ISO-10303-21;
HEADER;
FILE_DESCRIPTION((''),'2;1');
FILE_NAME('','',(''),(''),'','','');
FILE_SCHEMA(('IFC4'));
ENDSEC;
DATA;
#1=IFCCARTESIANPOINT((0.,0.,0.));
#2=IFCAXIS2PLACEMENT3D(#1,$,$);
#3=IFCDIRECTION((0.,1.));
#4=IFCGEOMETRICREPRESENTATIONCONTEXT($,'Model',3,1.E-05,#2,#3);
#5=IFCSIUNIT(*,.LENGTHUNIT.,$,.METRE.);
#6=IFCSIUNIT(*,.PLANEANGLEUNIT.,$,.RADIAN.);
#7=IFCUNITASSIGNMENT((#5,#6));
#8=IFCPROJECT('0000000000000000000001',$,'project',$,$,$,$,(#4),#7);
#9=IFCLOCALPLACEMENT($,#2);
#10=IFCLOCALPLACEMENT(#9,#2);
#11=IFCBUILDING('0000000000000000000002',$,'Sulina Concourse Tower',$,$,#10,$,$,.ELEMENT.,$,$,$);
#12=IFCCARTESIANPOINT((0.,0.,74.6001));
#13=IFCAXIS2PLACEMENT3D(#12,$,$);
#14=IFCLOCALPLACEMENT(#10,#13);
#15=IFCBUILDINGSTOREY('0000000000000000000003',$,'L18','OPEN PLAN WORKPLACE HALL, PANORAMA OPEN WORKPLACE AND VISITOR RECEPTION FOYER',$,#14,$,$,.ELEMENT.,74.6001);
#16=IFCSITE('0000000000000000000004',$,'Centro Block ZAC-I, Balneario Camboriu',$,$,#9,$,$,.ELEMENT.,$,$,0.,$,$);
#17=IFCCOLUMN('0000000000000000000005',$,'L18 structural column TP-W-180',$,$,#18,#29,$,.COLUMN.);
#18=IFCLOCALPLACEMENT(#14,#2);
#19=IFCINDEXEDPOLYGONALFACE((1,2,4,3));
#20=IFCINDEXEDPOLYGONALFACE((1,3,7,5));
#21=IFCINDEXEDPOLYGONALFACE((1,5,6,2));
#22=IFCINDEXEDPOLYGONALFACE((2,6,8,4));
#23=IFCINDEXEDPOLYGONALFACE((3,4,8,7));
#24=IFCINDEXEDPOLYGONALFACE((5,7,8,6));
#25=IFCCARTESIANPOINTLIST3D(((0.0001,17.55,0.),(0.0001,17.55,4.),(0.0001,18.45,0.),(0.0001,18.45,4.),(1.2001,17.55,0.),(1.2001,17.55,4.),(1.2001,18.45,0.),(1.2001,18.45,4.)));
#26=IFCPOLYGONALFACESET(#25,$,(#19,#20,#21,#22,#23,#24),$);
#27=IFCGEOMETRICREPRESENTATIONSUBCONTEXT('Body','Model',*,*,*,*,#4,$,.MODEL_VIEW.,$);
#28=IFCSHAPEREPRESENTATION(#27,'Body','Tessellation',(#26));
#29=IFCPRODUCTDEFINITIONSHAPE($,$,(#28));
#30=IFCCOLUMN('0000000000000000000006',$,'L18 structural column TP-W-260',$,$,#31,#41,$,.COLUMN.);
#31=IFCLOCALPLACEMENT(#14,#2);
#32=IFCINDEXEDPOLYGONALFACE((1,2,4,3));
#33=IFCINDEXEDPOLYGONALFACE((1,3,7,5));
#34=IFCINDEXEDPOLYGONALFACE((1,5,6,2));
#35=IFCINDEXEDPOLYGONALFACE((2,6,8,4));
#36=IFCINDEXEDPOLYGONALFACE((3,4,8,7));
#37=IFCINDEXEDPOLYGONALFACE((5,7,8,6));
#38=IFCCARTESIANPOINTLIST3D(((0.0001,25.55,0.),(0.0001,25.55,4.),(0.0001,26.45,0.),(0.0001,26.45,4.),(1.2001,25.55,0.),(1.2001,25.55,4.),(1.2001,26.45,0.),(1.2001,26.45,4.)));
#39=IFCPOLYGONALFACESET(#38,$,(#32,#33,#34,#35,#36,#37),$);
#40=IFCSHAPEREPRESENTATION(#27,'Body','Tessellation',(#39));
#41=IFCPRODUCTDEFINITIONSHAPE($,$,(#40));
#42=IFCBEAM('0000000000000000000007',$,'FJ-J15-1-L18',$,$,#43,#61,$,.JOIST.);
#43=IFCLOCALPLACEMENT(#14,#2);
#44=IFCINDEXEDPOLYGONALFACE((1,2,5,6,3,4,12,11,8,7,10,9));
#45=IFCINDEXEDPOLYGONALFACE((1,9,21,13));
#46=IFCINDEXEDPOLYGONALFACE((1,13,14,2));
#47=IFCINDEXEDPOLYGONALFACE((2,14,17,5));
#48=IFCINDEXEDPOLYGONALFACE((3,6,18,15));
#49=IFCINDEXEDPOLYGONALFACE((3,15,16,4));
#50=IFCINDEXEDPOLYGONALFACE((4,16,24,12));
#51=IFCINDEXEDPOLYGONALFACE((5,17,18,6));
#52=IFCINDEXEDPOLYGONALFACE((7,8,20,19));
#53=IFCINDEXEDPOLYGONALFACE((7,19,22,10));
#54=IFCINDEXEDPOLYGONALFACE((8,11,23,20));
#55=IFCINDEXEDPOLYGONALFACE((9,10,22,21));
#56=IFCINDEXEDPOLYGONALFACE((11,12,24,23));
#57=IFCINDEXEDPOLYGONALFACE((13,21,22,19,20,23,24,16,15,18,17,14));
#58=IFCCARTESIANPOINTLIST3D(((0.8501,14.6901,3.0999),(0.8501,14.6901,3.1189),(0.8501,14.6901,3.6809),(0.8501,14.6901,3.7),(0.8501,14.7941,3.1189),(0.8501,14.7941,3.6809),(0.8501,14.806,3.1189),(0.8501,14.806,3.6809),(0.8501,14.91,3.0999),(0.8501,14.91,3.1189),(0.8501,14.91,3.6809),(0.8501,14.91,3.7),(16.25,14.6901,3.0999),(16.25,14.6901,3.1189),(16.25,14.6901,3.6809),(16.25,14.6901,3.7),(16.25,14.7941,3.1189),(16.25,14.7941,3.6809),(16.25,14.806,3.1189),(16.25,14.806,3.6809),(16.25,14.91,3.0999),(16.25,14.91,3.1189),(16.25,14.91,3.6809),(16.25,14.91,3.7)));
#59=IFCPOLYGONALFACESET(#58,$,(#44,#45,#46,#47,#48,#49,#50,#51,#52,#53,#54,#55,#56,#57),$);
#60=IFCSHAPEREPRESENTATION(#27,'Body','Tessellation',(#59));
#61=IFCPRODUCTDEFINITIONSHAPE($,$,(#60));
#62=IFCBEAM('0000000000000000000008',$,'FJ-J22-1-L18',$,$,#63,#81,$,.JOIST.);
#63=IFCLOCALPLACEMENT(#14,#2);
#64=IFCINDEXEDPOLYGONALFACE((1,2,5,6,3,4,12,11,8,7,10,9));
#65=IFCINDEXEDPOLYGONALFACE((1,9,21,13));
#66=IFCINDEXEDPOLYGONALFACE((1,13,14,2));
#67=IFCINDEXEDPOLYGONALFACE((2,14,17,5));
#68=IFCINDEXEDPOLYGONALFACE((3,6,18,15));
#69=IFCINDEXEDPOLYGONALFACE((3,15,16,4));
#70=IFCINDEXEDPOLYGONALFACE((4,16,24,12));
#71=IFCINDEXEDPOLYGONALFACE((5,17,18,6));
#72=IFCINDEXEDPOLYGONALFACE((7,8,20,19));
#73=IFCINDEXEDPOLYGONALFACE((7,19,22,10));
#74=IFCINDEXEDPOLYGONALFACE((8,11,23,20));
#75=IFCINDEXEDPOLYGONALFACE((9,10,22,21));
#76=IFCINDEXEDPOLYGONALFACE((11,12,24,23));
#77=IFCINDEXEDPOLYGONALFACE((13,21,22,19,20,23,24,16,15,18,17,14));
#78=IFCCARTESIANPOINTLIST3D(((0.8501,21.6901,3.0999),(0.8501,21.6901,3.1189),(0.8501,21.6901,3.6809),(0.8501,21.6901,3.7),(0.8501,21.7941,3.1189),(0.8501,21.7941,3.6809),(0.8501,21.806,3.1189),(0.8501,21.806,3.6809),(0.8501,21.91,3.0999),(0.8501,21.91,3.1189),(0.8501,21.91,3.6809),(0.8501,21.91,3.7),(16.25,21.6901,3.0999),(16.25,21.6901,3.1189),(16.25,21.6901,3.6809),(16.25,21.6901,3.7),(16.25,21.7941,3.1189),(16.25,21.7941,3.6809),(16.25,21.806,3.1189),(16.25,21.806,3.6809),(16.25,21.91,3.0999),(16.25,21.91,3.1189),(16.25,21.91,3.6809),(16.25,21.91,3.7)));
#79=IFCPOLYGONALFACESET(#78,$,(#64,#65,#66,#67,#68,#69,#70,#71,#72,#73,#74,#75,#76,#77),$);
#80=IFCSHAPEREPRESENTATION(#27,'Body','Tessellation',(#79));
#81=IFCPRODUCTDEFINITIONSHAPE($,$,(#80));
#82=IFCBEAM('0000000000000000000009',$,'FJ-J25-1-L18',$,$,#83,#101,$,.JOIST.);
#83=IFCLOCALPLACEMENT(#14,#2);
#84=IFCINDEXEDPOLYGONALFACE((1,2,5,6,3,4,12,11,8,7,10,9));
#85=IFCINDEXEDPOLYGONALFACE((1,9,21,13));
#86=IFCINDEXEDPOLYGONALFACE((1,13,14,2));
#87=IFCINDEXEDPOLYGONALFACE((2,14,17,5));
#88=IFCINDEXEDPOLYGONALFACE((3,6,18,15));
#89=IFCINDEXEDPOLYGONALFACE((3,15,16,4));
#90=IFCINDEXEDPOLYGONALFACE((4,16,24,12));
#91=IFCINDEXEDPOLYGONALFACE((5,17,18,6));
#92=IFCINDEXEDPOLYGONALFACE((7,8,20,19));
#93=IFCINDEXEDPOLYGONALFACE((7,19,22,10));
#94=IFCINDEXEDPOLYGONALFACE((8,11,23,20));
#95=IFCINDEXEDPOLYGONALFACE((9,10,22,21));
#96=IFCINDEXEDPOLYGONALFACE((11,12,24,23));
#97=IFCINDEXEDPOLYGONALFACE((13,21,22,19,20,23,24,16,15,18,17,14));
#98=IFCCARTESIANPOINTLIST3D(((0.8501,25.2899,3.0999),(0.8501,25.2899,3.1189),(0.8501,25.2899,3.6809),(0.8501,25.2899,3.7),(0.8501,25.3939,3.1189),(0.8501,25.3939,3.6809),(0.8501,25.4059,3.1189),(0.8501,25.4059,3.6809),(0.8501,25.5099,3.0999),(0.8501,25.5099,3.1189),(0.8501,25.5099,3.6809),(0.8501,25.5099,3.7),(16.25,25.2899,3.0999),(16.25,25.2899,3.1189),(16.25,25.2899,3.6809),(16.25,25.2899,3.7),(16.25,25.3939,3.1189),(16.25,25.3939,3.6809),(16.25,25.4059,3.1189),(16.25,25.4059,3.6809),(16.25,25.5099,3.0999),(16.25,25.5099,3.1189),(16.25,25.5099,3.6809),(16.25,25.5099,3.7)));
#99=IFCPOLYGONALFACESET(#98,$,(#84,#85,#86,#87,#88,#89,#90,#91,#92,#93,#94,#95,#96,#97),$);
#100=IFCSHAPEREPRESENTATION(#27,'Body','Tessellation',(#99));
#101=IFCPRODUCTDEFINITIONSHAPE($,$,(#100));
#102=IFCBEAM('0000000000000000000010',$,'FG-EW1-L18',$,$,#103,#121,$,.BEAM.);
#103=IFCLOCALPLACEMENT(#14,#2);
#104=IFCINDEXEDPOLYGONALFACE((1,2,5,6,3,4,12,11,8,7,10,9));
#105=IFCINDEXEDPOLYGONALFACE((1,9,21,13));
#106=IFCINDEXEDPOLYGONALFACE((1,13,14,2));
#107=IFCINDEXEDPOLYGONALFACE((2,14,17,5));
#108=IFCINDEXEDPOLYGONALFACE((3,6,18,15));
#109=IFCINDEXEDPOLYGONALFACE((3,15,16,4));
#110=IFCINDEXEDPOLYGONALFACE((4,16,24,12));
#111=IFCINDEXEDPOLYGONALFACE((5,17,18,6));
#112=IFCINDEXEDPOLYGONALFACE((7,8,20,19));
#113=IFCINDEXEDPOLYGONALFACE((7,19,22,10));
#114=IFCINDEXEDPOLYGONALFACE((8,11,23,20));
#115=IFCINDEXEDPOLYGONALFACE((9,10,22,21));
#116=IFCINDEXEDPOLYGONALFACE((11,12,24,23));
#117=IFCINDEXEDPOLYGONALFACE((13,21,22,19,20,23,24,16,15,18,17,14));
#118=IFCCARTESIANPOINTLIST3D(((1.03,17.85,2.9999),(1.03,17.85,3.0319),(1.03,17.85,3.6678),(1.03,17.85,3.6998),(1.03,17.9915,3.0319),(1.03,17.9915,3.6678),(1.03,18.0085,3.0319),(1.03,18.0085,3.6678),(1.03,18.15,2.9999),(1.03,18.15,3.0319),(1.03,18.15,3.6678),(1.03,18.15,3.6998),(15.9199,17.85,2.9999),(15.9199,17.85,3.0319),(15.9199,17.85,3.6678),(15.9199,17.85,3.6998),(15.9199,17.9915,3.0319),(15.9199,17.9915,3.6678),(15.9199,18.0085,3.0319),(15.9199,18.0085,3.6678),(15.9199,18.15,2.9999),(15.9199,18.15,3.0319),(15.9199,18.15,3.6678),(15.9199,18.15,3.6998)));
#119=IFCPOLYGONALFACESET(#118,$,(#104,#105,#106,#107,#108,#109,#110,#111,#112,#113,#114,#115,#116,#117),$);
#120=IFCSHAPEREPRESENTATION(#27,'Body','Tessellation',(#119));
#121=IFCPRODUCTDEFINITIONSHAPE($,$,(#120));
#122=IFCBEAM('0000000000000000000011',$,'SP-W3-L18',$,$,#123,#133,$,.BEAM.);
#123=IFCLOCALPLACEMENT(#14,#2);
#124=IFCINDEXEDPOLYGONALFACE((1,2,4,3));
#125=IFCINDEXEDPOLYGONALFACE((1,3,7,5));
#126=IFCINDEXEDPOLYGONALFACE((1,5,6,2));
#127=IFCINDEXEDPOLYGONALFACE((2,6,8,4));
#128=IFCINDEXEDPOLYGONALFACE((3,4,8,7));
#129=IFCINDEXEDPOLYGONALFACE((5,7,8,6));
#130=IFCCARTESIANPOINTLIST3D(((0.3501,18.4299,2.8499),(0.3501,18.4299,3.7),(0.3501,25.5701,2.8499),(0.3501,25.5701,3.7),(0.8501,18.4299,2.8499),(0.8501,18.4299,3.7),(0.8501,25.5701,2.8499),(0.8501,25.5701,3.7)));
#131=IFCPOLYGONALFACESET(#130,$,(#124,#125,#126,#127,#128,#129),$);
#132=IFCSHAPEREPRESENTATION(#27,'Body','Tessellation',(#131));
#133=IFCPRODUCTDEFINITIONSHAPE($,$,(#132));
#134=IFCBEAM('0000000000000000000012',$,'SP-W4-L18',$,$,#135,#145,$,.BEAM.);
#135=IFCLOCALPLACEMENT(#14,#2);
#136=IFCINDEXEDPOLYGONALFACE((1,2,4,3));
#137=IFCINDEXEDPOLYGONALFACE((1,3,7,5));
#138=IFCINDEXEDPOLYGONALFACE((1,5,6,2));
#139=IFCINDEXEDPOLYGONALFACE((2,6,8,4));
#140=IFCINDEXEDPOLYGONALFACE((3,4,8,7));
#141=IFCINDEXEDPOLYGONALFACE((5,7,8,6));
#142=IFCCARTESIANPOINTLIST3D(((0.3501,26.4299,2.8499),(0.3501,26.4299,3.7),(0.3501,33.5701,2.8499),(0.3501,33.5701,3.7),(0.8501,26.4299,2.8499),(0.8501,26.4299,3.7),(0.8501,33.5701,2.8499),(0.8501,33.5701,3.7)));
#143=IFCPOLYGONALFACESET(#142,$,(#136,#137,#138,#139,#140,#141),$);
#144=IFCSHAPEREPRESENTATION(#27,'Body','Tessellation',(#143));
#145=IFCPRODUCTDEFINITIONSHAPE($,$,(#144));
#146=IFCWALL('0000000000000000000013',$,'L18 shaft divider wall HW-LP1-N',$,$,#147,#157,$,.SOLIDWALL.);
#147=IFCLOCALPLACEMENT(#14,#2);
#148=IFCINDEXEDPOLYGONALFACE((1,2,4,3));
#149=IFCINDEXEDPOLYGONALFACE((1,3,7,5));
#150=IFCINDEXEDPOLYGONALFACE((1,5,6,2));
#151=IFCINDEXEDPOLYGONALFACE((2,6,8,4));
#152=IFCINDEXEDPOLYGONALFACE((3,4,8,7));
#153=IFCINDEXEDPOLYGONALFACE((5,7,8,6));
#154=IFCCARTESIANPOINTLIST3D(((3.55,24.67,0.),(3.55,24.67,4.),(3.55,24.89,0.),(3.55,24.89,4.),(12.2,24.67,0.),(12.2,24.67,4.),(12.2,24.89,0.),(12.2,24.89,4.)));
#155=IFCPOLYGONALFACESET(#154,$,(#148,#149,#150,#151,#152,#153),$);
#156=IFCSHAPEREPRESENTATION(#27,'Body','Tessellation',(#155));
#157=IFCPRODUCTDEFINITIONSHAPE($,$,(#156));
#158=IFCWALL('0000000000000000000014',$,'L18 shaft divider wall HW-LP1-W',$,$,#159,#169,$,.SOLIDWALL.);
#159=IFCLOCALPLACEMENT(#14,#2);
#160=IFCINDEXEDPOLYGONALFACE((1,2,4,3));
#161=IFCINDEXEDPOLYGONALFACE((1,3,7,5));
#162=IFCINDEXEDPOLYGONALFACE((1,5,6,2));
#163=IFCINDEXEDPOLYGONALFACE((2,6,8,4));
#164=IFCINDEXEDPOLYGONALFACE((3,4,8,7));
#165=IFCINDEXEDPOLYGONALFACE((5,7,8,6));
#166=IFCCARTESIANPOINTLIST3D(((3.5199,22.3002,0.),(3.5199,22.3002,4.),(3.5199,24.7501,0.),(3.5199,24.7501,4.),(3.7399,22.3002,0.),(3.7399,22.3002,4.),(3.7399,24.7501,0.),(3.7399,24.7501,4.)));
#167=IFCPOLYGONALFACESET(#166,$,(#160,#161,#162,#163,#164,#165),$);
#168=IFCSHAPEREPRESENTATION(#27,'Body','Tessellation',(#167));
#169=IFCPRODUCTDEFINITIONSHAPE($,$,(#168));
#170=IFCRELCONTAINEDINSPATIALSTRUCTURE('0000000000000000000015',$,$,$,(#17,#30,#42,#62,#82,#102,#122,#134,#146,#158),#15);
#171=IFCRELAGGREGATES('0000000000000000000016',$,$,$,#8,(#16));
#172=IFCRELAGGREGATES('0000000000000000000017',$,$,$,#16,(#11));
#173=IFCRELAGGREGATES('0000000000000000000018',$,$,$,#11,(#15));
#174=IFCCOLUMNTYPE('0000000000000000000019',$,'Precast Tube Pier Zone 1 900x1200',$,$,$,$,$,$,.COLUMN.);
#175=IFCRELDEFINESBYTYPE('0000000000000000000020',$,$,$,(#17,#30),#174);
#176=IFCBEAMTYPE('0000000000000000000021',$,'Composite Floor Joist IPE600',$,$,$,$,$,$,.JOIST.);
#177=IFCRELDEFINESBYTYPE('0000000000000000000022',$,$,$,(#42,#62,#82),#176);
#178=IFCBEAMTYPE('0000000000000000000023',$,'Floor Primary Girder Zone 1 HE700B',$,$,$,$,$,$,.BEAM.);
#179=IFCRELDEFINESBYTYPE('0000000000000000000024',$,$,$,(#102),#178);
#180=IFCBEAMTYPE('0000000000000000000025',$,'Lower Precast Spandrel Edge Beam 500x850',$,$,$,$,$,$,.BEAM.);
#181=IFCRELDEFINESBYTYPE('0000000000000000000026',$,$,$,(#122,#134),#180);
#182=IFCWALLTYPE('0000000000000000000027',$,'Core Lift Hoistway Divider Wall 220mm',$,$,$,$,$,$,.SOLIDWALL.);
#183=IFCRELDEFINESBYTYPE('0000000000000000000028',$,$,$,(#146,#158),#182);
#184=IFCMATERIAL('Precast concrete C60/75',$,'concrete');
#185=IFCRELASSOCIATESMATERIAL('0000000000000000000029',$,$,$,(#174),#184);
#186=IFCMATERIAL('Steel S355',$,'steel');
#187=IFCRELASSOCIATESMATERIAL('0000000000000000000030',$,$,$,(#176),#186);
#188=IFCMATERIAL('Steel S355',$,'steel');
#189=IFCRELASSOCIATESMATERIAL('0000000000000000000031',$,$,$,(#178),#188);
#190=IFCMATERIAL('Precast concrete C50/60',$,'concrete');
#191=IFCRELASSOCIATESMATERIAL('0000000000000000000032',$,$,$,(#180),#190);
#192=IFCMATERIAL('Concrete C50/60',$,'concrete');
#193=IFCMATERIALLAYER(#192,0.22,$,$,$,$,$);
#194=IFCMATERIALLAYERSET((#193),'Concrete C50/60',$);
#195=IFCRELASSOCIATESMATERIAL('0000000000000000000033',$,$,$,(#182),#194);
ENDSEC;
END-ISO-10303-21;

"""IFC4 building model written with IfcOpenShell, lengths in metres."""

from ifc_helpers import new_model, si_unit, direction, frame, frame_2d, origin, origin_2d, place, context, subcontext, project, spatial, rectangle, i_section, extrude, material, layer, layer_set, material_profile, profile_set, type_object, element, save


model = new_model("IFC4")

# Units and contexts
model_context = context("Model", 3, precision=1e-05, world=origin(), true_north=direction((0.0, 1.0)))
body_context = subcontext(model_context, "Body", "Model", "MODEL_VIEW")
ifc_project = project(units=[si_unit("LENGTHUNIT", "METRE"), si_unit("PLANEANGLEUNIT", "RADIAN")], contexts=[model_context])

# Site, building, storey
site_placement = place(None, origin())
site = spatial("IfcSite", under=ifc_project, at=site_placement, Name="Centro Block ZAC-I, Balneario Camboriu", CompositionType="ELEMENT", RefElevation=0.0)
building_placement = place(site_placement, origin())
building = spatial("IfcBuilding", under=site, at=building_placement, Name="Sulina Concourse Tower", CompositionType="ELEMENT")
storey_placement = place(building_placement, frame((0.0, 0.0, 74.6001)))
storey = spatial("IfcBuildingStorey", under=building, at=storey_placement, Name="L18", Description="OPEN PLAN WORKPLACE HALL, PANORAMA OPEN WORKPLACE AND VISITOR RECEPTION FOYER", CompositionType="ELEMENT", Elevation=74.6001)

# Columns
ifc_material_1 = material(Name="Precast concrete C60/75", Category="concrete")
ifc_material_profile_1 = material_profile(ifc_material_1, rectangle(XDim=0.8999, YDim=1.2, at=origin_2d()), Name="PC 900x1200")
ifc_profile_set_1 = profile_set([ifc_material_profile_1], Name="Precast concrete C60/75")
column_type = type_object("IfcColumnType", Name="Precast Tube Pier Zone 1 900x1200", PredefinedType="COLUMN", material=ifc_profile_set_1)
for number, where, z_axis, x_axis, name in (
    (1, (0.6001, 18.0, 0.0), (0.0, 0.0, 1.0), (0.0, 1.0, 0.0), "L18 structural column TP-W-180"),
    (2, (0.6001, 26.0, 0.0), (0.0, 0.0, 1.0), (0.0, 1.0, 0.0), "L18 structural column TP-W-260"),
):
    element("IfcColumn", number, at=place(storey_placement, frame(where, z_axis=z_axis, x_axis=x_axis)), inside=storey, type_object=column_type, Name=name, PredefinedType="COLUMN", context=body_context, shape_type="SweptSolid", body=[
        extrude(rectangle(XDim=0.8999, YDim=1.2, at=origin_2d()), origin(), (0.0, 0.0, 1.0), 4.0),
    ])

# Beams
ifc_material_2 = material(Name="Steel S355", Category="steel")
ifc_material_profile_2 = material_profile(ifc_material_2, i_section(OverallWidth=0.22, OverallDepth=0.6001, WebThickness=0.012, FlangeThickness=0.019, at=origin_2d()), Name="IPE 600")
ifc_profile_set_2 = profile_set([ifc_material_profile_2], Name="Steel S355")
beam_type_1 = type_object("IfcBeamType", Name="Composite Floor Joist IPE600", PredefinedType="JOIST", material=ifc_profile_set_2)
for number, where, z_axis, x_axis, name in (
    (3, (0.8501, 14.8, 3.3999), (1.0, 0.0, 0.0), (0.0, 1.0, 0.0), "FJ-J15-1-L18"),
    (4, (0.8501, 21.8, 3.3999), (1.0, 0.0, 0.0), (0.0, 1.0, 0.0), "FJ-J22-1-L18"),
    (5, (0.8501, 25.3999, 3.3999), (1.0, 0.0, 0.0), (0.0, 1.0, 0.0), "FJ-J25-1-L18"),
):
    element("IfcBeam", number, at=place(storey_placement, frame(where, z_axis=z_axis, x_axis=x_axis)), inside=storey, type_object=beam_type_1, Name=name, PredefinedType="JOIST", context=body_context, shape_type="SweptSolid", body=[
        extrude(i_section(OverallWidth=0.22, OverallDepth=0.6001, WebThickness=0.012, FlangeThickness=0.019, at=origin_2d()), origin(), (0.0, 0.0, 1.0), 15.3999),
    ])
ifc_material_3 = material(Name="Steel S355", Category="steel")
ifc_material_profile_3 = material_profile(ifc_material_3, i_section(OverallWidth=0.3, OverallDepth=0.7, WebThickness=0.0171, FlangeThickness=0.032, at=origin_2d()), Name="HE 700 B")
ifc_profile_set_3 = profile_set([ifc_material_profile_3], Name="Steel S355")
beam_type_2 = type_object("IfcBeamType", Name="Floor Primary Girder Zone 1 HE700B", PredefinedType="BEAM", material=ifc_profile_set_3)
beam_placement = place(storey_placement, frame((1.03, 18.0, 3.3499), z_axis=(1.0, 0.0, 0.0), x_axis=(0.0, 1.0, 0.0)))
element("IfcBeam", 6, at=beam_placement, inside=storey, type_object=beam_type_2, Name="FG-EW1-L18", PredefinedType="BEAM", context=body_context, shape_type="SweptSolid", body=[
    extrude(i_section(OverallWidth=0.3, OverallDepth=0.7, WebThickness=0.0171, FlangeThickness=0.032, at=origin_2d()), origin(), (0.0, 0.0, 1.0), 14.8899),
])
ifc_material_4 = material(Name="Precast concrete C50/60", Category="concrete")
ifc_material_profile_4 = material_profile(ifc_material_4, rectangle(XDim=0.5, YDim=0.8501, at=origin_2d()), Name="RC 500x850")
ifc_profile_set_4 = profile_set([ifc_material_profile_4], Name="Precast concrete C50/60")
beam_type_3 = type_object("IfcBeamType", Name="Lower Precast Spandrel Edge Beam 500x850", PredefinedType="BEAM", material=ifc_profile_set_4)
for number, where, z_axis, x_axis, name in (
    (7, (0.6001, 18.4299, 3.2749), (0.0, 1.0, 0.0), (-1.0, 0.0, 0.0), "SP-W3-L18"),
    (8, (0.6001, 26.4299, 3.2749), (0.0, 1.0, 0.0), (-1.0, 0.0, 0.0), "SP-W4-L18"),
):
    element("IfcBeam", number, at=place(storey_placement, frame(where, z_axis=z_axis, x_axis=x_axis)), inside=storey, type_object=beam_type_3, Name=name, PredefinedType="BEAM", context=body_context, shape_type="SweptSolid", body=[
        extrude(rectangle(XDim=0.5, YDim=0.8501, at=origin_2d()), origin(), (0.0, 0.0, 1.0), 7.1401),
    ])

# Walls
ifc_material_5 = material(Name="Concrete C50/60", Category="concrete")
ifc_layer_1 = layer(ifc_material_5, 0.22)
ifc_layer_set_1 = layer_set([ifc_layer_1], Name="Concrete C50/60")
wall_type_1 = type_object("IfcWallType", Name="Core Lift Hoistway Divider Wall 220mm", PredefinedType="SOLIDWALL", material=ifc_layer_set_1)
wall_1_placement = place(storey_placement, frame((3.55, 24.78, 0.0), z_axis=(0.0, 0.0, 1.0), x_axis=(1.0, 0.0, 0.0)))
element("IfcWall", 9, at=wall_1_placement, inside=storey, type_object=wall_type_1, Name="L18 shaft divider wall HW-LP1-N", PredefinedType="SOLIDWALL", context=body_context, shape_type="SweptSolid", body=[
    extrude(rectangle(XDim=8.6499, YDim=0.22, at=frame_2d((4.325, 0.0))), origin(), (0.0, 0.0, 1.0), 4.0),
])
wall_2_placement = place(storey_placement, frame((3.6299, 22.3, 0.0), z_axis=(0.0, 0.0, 1.0), x_axis=(0.0, 1.0, 0.0)))
element("IfcWall", 10, at=wall_2_placement, inside=storey, type_object=wall_type_1, Name="L18 shaft divider wall HW-LP1-W", PredefinedType="SOLIDWALL", context=body_context, shape_type="SweptSolid", body=[
    extrude(rectangle(XDim=2.45, YDim=0.22, at=frame_2d((1.2251, 0.0))), origin(), (0.0, 0.0, 1.0), 4.0),
])

save(model, "model.ifc")
